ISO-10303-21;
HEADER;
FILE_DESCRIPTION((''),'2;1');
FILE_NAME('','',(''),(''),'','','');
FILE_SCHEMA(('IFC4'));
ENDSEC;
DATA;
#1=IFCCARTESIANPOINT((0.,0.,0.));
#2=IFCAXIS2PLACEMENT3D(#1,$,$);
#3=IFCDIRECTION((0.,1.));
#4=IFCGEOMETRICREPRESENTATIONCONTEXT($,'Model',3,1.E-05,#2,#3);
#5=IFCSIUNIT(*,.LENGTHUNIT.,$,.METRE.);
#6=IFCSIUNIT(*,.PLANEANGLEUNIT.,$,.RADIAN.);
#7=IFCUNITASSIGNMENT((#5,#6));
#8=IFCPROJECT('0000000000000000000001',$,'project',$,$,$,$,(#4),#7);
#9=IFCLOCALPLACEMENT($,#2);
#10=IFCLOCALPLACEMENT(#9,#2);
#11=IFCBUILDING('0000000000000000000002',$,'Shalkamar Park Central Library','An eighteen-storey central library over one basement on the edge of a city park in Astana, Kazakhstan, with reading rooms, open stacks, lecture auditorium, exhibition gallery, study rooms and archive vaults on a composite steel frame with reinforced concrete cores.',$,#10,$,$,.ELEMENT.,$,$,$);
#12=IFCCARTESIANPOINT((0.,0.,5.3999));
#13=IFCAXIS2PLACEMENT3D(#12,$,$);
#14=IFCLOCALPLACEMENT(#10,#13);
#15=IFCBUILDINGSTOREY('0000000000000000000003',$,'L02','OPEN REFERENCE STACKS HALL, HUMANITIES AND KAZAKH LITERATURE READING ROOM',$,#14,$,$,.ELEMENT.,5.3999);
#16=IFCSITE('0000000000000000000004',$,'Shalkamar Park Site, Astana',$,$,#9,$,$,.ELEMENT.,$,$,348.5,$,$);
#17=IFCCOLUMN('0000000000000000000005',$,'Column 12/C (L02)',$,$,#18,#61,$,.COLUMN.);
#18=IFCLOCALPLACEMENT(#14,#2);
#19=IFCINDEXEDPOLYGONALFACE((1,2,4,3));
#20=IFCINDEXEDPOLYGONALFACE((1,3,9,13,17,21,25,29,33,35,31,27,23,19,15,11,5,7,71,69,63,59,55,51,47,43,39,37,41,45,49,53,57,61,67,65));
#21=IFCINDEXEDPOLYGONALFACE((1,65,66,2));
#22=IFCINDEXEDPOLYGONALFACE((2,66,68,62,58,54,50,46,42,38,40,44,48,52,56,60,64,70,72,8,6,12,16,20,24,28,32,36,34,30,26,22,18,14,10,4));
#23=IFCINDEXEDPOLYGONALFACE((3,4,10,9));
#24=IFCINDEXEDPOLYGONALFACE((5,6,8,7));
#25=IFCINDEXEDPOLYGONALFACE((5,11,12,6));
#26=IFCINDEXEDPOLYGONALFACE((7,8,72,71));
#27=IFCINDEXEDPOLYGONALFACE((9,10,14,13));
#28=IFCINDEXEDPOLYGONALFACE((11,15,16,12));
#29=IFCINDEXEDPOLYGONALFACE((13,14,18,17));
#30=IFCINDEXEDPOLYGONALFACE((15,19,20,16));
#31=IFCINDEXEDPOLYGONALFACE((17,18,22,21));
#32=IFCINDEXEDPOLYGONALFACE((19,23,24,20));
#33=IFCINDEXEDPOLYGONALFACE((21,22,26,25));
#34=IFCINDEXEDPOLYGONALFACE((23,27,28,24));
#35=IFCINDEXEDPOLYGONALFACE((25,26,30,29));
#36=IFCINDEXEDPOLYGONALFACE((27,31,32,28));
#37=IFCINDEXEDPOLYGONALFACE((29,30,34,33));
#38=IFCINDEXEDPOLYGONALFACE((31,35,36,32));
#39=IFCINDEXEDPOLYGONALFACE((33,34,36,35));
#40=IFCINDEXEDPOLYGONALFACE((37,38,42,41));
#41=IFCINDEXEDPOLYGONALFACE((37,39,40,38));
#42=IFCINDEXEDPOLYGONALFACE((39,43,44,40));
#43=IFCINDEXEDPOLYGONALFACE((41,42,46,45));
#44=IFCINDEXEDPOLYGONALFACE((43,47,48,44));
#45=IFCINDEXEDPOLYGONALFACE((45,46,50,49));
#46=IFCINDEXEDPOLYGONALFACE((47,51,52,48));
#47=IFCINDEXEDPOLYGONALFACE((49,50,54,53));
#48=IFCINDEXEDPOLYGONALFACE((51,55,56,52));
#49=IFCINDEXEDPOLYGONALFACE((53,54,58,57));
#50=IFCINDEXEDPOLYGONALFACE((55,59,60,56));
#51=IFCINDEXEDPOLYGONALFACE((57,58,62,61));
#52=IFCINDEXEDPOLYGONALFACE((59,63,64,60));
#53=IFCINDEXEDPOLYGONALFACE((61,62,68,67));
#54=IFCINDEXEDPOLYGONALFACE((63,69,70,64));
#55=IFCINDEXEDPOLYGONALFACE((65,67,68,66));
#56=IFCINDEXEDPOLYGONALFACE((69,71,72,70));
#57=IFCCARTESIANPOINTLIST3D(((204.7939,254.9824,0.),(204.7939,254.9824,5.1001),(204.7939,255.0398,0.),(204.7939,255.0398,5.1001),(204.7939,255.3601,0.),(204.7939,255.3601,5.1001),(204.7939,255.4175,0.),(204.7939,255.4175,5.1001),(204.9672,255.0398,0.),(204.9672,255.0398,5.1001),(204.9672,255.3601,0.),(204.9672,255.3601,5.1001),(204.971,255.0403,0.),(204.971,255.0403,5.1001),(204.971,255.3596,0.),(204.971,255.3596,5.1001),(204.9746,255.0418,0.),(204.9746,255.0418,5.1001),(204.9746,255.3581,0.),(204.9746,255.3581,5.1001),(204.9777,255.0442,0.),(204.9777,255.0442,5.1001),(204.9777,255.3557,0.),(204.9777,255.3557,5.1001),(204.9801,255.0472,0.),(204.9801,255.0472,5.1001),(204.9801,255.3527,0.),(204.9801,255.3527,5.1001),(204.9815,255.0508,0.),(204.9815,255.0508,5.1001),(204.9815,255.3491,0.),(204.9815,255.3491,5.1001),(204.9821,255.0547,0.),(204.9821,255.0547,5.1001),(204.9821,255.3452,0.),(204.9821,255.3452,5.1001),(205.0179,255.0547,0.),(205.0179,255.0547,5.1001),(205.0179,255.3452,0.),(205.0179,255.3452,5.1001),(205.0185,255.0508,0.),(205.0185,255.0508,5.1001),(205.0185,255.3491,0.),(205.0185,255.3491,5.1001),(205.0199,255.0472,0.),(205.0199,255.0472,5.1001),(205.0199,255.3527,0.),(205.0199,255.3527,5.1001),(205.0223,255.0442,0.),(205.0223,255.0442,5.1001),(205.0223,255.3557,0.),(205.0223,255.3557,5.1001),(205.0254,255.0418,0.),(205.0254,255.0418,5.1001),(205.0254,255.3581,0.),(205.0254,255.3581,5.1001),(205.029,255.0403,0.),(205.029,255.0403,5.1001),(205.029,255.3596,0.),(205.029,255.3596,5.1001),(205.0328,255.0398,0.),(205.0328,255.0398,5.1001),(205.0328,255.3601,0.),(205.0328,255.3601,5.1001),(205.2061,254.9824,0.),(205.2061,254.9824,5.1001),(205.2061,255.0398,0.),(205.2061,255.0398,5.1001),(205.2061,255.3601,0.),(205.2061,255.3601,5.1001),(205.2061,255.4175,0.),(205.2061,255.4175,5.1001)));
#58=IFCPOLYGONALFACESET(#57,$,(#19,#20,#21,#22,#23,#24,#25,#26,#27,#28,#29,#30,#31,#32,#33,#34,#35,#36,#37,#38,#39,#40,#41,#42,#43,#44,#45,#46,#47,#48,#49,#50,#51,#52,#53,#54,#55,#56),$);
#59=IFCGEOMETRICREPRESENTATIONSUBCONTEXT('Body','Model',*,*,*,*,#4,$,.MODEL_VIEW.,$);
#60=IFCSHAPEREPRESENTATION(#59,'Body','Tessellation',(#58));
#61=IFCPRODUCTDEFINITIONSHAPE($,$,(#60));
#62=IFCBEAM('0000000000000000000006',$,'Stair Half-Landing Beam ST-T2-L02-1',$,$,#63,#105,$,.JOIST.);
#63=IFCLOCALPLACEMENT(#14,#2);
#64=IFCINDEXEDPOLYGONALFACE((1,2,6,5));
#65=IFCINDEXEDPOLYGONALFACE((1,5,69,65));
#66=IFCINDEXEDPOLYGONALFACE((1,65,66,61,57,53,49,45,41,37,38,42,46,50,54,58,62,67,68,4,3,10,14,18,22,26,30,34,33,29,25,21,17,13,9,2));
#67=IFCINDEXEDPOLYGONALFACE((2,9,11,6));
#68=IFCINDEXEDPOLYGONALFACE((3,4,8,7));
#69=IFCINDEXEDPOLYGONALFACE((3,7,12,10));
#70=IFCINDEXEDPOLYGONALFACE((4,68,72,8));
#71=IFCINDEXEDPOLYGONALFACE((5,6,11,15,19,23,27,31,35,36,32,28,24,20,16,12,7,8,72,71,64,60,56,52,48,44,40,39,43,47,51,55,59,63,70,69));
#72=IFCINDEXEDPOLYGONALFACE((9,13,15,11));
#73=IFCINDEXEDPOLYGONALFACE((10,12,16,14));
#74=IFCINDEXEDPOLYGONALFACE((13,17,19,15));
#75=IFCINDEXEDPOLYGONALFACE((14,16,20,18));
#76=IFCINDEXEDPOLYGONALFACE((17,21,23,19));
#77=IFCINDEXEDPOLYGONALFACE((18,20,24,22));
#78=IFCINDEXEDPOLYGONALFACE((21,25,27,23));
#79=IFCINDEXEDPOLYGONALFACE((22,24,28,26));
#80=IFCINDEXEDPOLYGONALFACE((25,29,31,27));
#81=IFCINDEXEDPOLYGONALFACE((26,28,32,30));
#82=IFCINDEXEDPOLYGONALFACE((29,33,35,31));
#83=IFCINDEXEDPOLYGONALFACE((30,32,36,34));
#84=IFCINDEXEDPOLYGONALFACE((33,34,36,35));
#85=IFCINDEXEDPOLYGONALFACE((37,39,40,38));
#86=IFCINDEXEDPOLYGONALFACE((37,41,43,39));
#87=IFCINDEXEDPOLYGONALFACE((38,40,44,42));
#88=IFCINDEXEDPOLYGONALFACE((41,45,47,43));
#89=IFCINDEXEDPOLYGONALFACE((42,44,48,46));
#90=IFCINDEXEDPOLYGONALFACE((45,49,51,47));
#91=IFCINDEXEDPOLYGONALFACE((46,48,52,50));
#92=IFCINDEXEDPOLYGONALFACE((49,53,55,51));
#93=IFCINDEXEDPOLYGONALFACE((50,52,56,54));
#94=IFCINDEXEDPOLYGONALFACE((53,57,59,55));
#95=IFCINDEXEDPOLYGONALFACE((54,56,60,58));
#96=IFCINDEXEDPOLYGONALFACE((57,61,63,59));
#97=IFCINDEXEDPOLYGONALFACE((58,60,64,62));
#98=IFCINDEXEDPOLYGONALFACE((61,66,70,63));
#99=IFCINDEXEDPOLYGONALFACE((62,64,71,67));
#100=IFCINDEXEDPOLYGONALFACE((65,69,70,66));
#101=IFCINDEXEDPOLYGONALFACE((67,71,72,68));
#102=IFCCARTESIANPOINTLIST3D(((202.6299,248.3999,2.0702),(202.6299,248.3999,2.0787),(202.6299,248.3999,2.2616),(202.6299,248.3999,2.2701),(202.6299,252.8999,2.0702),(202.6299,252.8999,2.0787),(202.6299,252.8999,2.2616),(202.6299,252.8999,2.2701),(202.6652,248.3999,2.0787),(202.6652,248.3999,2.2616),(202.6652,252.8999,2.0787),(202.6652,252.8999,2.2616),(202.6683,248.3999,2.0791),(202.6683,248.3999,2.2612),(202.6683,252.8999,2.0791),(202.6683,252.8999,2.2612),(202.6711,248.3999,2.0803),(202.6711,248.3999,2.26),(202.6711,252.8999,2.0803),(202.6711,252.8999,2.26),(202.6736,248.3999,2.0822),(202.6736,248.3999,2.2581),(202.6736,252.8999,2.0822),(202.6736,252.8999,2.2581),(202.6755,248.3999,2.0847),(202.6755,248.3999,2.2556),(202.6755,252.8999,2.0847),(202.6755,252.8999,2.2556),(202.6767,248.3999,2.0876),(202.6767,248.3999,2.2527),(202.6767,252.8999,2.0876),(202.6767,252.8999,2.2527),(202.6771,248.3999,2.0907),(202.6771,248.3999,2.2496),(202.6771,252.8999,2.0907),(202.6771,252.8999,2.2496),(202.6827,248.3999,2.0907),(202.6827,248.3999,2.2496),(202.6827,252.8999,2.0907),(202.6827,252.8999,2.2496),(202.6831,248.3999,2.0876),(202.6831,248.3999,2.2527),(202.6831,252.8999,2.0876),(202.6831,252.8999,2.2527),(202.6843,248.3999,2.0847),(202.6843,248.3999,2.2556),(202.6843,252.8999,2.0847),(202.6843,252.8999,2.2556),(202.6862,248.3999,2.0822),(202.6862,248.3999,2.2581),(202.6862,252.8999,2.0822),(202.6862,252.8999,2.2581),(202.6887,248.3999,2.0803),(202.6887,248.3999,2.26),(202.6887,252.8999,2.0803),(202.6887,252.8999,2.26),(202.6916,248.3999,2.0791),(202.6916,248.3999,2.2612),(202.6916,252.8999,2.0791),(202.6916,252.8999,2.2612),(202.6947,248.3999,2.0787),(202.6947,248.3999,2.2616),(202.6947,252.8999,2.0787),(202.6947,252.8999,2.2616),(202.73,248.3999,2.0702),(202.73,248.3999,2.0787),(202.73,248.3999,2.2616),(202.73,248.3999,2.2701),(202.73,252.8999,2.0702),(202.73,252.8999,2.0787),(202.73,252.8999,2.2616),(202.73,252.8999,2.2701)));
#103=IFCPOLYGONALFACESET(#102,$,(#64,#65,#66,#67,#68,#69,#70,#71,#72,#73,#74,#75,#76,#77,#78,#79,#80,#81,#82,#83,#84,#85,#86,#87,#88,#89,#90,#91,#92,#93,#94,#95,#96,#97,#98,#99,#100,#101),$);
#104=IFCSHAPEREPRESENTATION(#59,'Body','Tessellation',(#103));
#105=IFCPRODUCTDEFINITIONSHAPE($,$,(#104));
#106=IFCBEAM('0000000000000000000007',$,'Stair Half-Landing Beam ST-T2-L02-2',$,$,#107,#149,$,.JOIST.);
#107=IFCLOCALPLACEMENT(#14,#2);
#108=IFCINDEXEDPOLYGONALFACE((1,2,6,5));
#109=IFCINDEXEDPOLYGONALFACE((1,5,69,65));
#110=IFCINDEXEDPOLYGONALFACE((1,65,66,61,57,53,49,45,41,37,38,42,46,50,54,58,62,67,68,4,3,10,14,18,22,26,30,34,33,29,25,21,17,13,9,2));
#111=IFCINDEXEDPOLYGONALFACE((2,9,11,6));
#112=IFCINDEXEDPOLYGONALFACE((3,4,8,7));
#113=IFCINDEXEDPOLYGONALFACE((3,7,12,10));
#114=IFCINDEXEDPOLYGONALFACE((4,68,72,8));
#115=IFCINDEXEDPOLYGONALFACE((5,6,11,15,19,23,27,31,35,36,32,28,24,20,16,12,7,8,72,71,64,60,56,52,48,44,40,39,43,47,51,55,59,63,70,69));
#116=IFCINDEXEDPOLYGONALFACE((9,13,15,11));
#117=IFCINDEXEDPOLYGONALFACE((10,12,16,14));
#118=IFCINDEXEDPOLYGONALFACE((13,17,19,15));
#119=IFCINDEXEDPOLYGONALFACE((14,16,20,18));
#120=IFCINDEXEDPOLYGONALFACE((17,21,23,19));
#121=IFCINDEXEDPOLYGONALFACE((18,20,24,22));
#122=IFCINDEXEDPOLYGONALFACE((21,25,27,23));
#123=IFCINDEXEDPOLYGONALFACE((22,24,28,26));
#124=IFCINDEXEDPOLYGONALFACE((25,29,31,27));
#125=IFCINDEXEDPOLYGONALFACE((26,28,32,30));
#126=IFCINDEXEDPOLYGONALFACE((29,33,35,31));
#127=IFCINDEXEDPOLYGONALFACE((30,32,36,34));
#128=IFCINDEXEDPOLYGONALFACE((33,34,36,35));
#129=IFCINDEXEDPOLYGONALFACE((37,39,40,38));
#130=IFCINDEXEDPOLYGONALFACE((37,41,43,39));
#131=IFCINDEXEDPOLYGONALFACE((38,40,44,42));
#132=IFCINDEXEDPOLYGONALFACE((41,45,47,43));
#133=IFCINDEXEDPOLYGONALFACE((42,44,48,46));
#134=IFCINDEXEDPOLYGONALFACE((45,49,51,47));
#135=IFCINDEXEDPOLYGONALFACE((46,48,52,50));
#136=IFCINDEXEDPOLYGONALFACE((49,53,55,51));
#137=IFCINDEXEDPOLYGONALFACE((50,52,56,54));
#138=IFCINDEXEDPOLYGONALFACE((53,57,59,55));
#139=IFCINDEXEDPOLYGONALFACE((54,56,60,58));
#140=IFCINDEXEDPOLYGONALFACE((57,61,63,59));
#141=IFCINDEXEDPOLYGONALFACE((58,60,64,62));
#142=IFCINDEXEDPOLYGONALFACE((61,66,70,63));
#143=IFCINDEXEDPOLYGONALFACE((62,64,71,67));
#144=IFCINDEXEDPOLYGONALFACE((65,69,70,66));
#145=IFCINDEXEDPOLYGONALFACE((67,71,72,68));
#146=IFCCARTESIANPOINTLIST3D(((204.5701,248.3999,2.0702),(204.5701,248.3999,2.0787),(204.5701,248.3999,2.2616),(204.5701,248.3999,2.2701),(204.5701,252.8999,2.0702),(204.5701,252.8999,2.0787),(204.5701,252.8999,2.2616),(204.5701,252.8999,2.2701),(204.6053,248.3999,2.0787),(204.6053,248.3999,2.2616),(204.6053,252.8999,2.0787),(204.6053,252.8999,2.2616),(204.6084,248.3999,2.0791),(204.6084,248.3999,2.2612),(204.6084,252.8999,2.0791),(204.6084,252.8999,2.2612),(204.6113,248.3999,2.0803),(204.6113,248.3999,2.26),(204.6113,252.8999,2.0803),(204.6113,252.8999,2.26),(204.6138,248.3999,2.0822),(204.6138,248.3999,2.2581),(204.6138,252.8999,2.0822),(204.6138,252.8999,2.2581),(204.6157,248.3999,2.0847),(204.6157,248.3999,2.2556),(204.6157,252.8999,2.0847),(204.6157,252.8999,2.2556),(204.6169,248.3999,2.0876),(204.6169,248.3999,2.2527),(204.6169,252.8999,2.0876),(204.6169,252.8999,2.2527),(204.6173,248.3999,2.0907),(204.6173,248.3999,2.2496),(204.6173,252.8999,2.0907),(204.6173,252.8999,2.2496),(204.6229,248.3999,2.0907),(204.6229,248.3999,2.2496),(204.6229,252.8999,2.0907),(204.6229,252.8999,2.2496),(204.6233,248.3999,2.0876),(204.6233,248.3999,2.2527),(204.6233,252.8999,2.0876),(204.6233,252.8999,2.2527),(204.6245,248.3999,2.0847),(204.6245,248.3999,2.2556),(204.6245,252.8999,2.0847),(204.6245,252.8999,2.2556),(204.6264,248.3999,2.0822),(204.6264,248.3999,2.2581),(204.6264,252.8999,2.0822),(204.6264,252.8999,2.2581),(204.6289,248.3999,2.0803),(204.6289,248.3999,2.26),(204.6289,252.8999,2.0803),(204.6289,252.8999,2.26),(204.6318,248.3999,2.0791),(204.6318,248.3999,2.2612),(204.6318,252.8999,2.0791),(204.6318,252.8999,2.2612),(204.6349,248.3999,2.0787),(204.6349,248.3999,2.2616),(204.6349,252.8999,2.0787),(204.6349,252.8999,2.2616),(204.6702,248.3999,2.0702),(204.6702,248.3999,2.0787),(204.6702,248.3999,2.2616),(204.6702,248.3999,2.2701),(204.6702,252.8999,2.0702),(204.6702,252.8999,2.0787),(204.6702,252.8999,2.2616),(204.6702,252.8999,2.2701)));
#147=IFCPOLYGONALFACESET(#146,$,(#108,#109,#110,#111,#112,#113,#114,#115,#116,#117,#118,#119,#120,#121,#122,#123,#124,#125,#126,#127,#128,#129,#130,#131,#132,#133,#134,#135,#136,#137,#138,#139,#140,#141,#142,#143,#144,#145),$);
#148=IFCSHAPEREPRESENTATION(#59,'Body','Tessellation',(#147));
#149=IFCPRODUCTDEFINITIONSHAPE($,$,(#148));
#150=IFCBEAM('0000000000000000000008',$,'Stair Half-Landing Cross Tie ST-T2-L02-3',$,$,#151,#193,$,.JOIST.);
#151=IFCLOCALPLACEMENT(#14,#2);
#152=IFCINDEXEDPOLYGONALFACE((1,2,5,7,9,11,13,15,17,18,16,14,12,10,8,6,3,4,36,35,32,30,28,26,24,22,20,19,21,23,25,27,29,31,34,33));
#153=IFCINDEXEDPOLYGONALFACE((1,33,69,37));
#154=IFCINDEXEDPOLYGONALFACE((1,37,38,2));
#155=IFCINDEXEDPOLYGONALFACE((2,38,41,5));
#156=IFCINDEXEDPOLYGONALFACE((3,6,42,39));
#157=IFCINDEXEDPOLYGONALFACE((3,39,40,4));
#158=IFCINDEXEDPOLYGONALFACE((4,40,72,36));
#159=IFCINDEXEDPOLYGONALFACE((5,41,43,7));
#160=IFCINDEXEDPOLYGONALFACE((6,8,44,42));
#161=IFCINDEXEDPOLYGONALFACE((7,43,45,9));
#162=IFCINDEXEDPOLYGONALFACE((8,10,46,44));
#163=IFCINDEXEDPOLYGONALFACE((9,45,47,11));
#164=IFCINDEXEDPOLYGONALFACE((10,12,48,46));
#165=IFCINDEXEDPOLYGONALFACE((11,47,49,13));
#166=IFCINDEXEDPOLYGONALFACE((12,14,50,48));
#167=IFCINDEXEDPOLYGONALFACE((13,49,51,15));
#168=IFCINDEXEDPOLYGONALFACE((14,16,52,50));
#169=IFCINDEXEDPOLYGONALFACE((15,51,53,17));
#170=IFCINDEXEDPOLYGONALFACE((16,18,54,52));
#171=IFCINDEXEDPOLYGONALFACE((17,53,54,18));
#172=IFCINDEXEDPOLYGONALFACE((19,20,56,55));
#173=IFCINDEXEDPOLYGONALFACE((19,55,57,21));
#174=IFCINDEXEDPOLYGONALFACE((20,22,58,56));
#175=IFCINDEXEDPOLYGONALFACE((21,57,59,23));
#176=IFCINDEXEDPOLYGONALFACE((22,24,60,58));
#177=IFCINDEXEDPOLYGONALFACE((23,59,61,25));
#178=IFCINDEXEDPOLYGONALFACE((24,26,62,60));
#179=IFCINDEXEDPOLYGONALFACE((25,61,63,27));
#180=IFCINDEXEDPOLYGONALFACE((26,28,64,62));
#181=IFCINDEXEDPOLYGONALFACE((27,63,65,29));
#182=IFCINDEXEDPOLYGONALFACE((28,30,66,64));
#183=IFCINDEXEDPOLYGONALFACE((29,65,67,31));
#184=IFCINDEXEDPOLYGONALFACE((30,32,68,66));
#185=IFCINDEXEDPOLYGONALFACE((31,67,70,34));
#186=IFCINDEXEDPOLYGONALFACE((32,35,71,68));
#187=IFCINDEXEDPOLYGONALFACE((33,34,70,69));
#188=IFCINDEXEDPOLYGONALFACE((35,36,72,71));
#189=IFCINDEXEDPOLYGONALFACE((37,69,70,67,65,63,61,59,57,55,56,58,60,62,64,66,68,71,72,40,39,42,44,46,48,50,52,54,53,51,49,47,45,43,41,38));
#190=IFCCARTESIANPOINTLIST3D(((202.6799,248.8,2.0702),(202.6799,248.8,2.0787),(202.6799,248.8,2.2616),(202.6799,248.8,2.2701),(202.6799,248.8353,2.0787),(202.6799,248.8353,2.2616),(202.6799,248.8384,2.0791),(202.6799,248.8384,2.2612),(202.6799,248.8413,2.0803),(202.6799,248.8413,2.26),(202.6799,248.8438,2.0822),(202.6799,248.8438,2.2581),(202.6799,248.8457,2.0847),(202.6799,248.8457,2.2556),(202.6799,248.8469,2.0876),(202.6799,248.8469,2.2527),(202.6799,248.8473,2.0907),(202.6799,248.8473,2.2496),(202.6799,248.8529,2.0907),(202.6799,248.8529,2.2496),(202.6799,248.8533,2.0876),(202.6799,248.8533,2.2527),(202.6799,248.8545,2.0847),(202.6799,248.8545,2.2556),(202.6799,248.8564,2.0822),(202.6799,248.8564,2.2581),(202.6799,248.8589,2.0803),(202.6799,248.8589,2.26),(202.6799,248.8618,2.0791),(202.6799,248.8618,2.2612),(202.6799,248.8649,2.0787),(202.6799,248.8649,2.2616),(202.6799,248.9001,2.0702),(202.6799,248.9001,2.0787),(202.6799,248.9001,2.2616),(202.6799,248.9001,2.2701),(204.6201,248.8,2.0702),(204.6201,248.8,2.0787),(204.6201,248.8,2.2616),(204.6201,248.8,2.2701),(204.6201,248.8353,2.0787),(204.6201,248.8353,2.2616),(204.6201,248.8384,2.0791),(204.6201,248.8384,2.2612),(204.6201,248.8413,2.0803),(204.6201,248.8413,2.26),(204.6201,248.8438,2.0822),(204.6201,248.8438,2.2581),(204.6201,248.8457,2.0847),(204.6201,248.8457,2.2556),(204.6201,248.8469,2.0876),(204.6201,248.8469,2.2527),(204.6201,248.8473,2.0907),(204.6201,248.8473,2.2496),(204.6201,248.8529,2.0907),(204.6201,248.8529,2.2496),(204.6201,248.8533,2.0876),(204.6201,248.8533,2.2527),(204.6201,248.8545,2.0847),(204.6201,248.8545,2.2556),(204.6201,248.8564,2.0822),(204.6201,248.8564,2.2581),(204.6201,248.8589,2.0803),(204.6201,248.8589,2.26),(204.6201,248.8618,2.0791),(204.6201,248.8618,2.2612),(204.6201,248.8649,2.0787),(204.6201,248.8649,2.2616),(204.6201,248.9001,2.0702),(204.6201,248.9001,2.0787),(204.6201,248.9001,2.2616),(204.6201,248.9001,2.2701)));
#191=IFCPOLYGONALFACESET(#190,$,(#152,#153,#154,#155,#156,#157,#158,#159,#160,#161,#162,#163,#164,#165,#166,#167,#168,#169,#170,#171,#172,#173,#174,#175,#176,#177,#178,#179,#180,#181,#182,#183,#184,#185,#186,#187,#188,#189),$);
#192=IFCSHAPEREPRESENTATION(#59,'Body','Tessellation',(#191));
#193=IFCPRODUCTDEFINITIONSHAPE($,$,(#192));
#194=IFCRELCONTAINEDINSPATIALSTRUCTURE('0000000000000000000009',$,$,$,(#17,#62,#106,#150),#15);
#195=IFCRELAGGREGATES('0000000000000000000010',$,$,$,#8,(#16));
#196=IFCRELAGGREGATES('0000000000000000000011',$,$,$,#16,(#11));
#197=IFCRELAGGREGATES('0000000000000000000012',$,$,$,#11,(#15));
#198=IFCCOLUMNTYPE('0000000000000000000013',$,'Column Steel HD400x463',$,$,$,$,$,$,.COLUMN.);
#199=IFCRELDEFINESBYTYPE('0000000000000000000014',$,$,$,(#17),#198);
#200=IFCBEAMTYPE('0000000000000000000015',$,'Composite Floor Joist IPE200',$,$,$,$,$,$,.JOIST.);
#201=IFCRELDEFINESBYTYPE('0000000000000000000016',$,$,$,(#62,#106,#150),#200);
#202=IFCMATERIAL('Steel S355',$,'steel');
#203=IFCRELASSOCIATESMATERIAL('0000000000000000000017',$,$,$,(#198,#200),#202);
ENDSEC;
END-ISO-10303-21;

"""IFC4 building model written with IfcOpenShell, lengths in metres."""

from ifc_helpers import new_model, si_unit, direction, frame, origin, origin_2d, place, context, subcontext, project, spatial, i_section, extrude, material, material_profile, profile_set, type_object, element, save


model = new_model("IFC4")

# Units and contexts
model_context = context("Model", 3, precision=1e-05, world=origin(), true_north=direction((0.0, 1.0)))
body_context = subcontext(model_context, "Body", "Model", "MODEL_VIEW")
ifc_project = project(units=[si_unit("LENGTHUNIT", "METRE"), si_unit("PLANEANGLEUNIT", "RADIAN")], contexts=[model_context])

# Site, building, storey
site_placement = place(None, origin())
site = spatial("IfcSite", under=ifc_project, at=site_placement, Name="Shalkamar Park Site, Astana", CompositionType="ELEMENT", RefElevation=348.5)
building_placement = place(site_placement, origin())
building = spatial("IfcBuilding", under=site, at=building_placement, Name="Shalkamar Park Central Library", Description="An eighteen-storey central library over one basement on the edge of a city park in Astana, Kazakhstan, with reading rooms, open stacks, lecture auditorium, exhibition gallery, study rooms and archive vaults on a composite steel frame with reinforced concrete cores.", CompositionType="ELEMENT")
storey_placement = place(building_placement, frame((0.0, 0.0, 5.3999)))
storey = spatial("IfcBuildingStorey", under=building, at=storey_placement, Name="L02", Description="OPEN REFERENCE STACKS HALL, HUMANITIES AND KAZAKH LITERATURE READING ROOM", CompositionType="ELEMENT", Elevation=5.3999)

# Column
ifc_material_1 = material(Name="Steel S355", Category="steel")
ifc_material_profile_1 = material_profile(ifc_material_1, i_section(OverallWidth=0.4121, OverallDepth=0.4351, WebThickness=0.0359, FlangeThickness=0.0574, FilletRadius=0.0149, at=origin_2d()), Name="HD 400x463")
ifc_profile_set_1 = profile_set([ifc_material_profile_1], Name="Steel S355")
column_type = type_object("IfcColumnType", Name="Column Steel HD400x463", PredefinedType="COLUMN", material=ifc_profile_set_1)
for number, where, z_axis, x_axis, name in (
    (1, (205.0, 255.2, 0.0), (0.0, 0.0, 1.0), (1.0, 0.0, 0.0), "Column 12/C (L02)"),
):
    element("IfcColumn", number, at=place(storey_placement, frame(where, z_axis=z_axis, x_axis=x_axis)), inside=storey, type_object=column_type, Name=name, PredefinedType="COLUMN", context=body_context, shape_type="SweptSolid", body=[
        extrude(i_section(OverallWidth=0.4121, OverallDepth=0.4351, WebThickness=0.0359, FlangeThickness=0.0574, FilletRadius=0.0149, at=origin_2d()), origin(), (0.0, 0.0, 1.0), 5.1001),
    ])

# Beams
ifc_material_profile_2 = material_profile(ifc_material_1, i_section(OverallWidth=0.1001, OverallDepth=0.2, WebThickness=0.0056, FlangeThickness=0.0085, FilletRadius=0.012, at=origin_2d()), Name="IPE 200")
ifc_profile_set_2 = profile_set([ifc_material_profile_2], Name="Steel S355")
beam_type_1 = type_object("IfcBeamType", Name="Composite Floor Joist IPE200", PredefinedType="JOIST", material=ifc_profile_set_2)
for number, where, z_axis, x_axis, name in (
    (2, (202.6799, 248.3999, 2.1702), (0.0, 1.0, 0.0), (-1.0, 0.0, 0.0), "Stair Half-Landing Beam ST-T2-L02-1"),
    (3, (204.6201, 248.3999, 2.1702), (0.0, 1.0, 0.0), (-1.0, 0.0, 0.0), "Stair Half-Landing Beam ST-T2-L02-2"),
):
    element("IfcBeam", number, at=place(storey_placement, frame(where, z_axis=z_axis, x_axis=x_axis)), inside=storey, type_object=beam_type_1, Name=name, PredefinedType="JOIST", context=body_context, shape_type="SweptSolid", body=[
        extrude(i_section(OverallWidth=0.1001, OverallDepth=0.2, WebThickness=0.0056, FlangeThickness=0.0085, FilletRadius=0.012, at=origin_2d()), origin(), (0.0, 0.0, 1.0), 4.5),
    ])
beam_1_placement = place(storey_placement, frame((202.6799, 248.8501, 2.1702), z_axis=(1.0, 0.0, 0.0), x_axis=(0.0, 1.0, 0.0)))
element("IfcBeam", 4, at=beam_1_placement, inside=storey, type_object=beam_type_1, Name="Stair Half-Landing Cross Tie ST-T2-L02-3", PredefinedType="JOIST", context=body_context, shape_type="SweptSolid", body=[
    extrude(i_section(OverallWidth=0.1001, OverallDepth=0.2, WebThickness=0.0056, FlangeThickness=0.0085, FilletRadius=0.012, at=origin_2d()), origin(), (0.0, 0.0, 1.0), 1.9402),
])

save(model, "model.ifc")
